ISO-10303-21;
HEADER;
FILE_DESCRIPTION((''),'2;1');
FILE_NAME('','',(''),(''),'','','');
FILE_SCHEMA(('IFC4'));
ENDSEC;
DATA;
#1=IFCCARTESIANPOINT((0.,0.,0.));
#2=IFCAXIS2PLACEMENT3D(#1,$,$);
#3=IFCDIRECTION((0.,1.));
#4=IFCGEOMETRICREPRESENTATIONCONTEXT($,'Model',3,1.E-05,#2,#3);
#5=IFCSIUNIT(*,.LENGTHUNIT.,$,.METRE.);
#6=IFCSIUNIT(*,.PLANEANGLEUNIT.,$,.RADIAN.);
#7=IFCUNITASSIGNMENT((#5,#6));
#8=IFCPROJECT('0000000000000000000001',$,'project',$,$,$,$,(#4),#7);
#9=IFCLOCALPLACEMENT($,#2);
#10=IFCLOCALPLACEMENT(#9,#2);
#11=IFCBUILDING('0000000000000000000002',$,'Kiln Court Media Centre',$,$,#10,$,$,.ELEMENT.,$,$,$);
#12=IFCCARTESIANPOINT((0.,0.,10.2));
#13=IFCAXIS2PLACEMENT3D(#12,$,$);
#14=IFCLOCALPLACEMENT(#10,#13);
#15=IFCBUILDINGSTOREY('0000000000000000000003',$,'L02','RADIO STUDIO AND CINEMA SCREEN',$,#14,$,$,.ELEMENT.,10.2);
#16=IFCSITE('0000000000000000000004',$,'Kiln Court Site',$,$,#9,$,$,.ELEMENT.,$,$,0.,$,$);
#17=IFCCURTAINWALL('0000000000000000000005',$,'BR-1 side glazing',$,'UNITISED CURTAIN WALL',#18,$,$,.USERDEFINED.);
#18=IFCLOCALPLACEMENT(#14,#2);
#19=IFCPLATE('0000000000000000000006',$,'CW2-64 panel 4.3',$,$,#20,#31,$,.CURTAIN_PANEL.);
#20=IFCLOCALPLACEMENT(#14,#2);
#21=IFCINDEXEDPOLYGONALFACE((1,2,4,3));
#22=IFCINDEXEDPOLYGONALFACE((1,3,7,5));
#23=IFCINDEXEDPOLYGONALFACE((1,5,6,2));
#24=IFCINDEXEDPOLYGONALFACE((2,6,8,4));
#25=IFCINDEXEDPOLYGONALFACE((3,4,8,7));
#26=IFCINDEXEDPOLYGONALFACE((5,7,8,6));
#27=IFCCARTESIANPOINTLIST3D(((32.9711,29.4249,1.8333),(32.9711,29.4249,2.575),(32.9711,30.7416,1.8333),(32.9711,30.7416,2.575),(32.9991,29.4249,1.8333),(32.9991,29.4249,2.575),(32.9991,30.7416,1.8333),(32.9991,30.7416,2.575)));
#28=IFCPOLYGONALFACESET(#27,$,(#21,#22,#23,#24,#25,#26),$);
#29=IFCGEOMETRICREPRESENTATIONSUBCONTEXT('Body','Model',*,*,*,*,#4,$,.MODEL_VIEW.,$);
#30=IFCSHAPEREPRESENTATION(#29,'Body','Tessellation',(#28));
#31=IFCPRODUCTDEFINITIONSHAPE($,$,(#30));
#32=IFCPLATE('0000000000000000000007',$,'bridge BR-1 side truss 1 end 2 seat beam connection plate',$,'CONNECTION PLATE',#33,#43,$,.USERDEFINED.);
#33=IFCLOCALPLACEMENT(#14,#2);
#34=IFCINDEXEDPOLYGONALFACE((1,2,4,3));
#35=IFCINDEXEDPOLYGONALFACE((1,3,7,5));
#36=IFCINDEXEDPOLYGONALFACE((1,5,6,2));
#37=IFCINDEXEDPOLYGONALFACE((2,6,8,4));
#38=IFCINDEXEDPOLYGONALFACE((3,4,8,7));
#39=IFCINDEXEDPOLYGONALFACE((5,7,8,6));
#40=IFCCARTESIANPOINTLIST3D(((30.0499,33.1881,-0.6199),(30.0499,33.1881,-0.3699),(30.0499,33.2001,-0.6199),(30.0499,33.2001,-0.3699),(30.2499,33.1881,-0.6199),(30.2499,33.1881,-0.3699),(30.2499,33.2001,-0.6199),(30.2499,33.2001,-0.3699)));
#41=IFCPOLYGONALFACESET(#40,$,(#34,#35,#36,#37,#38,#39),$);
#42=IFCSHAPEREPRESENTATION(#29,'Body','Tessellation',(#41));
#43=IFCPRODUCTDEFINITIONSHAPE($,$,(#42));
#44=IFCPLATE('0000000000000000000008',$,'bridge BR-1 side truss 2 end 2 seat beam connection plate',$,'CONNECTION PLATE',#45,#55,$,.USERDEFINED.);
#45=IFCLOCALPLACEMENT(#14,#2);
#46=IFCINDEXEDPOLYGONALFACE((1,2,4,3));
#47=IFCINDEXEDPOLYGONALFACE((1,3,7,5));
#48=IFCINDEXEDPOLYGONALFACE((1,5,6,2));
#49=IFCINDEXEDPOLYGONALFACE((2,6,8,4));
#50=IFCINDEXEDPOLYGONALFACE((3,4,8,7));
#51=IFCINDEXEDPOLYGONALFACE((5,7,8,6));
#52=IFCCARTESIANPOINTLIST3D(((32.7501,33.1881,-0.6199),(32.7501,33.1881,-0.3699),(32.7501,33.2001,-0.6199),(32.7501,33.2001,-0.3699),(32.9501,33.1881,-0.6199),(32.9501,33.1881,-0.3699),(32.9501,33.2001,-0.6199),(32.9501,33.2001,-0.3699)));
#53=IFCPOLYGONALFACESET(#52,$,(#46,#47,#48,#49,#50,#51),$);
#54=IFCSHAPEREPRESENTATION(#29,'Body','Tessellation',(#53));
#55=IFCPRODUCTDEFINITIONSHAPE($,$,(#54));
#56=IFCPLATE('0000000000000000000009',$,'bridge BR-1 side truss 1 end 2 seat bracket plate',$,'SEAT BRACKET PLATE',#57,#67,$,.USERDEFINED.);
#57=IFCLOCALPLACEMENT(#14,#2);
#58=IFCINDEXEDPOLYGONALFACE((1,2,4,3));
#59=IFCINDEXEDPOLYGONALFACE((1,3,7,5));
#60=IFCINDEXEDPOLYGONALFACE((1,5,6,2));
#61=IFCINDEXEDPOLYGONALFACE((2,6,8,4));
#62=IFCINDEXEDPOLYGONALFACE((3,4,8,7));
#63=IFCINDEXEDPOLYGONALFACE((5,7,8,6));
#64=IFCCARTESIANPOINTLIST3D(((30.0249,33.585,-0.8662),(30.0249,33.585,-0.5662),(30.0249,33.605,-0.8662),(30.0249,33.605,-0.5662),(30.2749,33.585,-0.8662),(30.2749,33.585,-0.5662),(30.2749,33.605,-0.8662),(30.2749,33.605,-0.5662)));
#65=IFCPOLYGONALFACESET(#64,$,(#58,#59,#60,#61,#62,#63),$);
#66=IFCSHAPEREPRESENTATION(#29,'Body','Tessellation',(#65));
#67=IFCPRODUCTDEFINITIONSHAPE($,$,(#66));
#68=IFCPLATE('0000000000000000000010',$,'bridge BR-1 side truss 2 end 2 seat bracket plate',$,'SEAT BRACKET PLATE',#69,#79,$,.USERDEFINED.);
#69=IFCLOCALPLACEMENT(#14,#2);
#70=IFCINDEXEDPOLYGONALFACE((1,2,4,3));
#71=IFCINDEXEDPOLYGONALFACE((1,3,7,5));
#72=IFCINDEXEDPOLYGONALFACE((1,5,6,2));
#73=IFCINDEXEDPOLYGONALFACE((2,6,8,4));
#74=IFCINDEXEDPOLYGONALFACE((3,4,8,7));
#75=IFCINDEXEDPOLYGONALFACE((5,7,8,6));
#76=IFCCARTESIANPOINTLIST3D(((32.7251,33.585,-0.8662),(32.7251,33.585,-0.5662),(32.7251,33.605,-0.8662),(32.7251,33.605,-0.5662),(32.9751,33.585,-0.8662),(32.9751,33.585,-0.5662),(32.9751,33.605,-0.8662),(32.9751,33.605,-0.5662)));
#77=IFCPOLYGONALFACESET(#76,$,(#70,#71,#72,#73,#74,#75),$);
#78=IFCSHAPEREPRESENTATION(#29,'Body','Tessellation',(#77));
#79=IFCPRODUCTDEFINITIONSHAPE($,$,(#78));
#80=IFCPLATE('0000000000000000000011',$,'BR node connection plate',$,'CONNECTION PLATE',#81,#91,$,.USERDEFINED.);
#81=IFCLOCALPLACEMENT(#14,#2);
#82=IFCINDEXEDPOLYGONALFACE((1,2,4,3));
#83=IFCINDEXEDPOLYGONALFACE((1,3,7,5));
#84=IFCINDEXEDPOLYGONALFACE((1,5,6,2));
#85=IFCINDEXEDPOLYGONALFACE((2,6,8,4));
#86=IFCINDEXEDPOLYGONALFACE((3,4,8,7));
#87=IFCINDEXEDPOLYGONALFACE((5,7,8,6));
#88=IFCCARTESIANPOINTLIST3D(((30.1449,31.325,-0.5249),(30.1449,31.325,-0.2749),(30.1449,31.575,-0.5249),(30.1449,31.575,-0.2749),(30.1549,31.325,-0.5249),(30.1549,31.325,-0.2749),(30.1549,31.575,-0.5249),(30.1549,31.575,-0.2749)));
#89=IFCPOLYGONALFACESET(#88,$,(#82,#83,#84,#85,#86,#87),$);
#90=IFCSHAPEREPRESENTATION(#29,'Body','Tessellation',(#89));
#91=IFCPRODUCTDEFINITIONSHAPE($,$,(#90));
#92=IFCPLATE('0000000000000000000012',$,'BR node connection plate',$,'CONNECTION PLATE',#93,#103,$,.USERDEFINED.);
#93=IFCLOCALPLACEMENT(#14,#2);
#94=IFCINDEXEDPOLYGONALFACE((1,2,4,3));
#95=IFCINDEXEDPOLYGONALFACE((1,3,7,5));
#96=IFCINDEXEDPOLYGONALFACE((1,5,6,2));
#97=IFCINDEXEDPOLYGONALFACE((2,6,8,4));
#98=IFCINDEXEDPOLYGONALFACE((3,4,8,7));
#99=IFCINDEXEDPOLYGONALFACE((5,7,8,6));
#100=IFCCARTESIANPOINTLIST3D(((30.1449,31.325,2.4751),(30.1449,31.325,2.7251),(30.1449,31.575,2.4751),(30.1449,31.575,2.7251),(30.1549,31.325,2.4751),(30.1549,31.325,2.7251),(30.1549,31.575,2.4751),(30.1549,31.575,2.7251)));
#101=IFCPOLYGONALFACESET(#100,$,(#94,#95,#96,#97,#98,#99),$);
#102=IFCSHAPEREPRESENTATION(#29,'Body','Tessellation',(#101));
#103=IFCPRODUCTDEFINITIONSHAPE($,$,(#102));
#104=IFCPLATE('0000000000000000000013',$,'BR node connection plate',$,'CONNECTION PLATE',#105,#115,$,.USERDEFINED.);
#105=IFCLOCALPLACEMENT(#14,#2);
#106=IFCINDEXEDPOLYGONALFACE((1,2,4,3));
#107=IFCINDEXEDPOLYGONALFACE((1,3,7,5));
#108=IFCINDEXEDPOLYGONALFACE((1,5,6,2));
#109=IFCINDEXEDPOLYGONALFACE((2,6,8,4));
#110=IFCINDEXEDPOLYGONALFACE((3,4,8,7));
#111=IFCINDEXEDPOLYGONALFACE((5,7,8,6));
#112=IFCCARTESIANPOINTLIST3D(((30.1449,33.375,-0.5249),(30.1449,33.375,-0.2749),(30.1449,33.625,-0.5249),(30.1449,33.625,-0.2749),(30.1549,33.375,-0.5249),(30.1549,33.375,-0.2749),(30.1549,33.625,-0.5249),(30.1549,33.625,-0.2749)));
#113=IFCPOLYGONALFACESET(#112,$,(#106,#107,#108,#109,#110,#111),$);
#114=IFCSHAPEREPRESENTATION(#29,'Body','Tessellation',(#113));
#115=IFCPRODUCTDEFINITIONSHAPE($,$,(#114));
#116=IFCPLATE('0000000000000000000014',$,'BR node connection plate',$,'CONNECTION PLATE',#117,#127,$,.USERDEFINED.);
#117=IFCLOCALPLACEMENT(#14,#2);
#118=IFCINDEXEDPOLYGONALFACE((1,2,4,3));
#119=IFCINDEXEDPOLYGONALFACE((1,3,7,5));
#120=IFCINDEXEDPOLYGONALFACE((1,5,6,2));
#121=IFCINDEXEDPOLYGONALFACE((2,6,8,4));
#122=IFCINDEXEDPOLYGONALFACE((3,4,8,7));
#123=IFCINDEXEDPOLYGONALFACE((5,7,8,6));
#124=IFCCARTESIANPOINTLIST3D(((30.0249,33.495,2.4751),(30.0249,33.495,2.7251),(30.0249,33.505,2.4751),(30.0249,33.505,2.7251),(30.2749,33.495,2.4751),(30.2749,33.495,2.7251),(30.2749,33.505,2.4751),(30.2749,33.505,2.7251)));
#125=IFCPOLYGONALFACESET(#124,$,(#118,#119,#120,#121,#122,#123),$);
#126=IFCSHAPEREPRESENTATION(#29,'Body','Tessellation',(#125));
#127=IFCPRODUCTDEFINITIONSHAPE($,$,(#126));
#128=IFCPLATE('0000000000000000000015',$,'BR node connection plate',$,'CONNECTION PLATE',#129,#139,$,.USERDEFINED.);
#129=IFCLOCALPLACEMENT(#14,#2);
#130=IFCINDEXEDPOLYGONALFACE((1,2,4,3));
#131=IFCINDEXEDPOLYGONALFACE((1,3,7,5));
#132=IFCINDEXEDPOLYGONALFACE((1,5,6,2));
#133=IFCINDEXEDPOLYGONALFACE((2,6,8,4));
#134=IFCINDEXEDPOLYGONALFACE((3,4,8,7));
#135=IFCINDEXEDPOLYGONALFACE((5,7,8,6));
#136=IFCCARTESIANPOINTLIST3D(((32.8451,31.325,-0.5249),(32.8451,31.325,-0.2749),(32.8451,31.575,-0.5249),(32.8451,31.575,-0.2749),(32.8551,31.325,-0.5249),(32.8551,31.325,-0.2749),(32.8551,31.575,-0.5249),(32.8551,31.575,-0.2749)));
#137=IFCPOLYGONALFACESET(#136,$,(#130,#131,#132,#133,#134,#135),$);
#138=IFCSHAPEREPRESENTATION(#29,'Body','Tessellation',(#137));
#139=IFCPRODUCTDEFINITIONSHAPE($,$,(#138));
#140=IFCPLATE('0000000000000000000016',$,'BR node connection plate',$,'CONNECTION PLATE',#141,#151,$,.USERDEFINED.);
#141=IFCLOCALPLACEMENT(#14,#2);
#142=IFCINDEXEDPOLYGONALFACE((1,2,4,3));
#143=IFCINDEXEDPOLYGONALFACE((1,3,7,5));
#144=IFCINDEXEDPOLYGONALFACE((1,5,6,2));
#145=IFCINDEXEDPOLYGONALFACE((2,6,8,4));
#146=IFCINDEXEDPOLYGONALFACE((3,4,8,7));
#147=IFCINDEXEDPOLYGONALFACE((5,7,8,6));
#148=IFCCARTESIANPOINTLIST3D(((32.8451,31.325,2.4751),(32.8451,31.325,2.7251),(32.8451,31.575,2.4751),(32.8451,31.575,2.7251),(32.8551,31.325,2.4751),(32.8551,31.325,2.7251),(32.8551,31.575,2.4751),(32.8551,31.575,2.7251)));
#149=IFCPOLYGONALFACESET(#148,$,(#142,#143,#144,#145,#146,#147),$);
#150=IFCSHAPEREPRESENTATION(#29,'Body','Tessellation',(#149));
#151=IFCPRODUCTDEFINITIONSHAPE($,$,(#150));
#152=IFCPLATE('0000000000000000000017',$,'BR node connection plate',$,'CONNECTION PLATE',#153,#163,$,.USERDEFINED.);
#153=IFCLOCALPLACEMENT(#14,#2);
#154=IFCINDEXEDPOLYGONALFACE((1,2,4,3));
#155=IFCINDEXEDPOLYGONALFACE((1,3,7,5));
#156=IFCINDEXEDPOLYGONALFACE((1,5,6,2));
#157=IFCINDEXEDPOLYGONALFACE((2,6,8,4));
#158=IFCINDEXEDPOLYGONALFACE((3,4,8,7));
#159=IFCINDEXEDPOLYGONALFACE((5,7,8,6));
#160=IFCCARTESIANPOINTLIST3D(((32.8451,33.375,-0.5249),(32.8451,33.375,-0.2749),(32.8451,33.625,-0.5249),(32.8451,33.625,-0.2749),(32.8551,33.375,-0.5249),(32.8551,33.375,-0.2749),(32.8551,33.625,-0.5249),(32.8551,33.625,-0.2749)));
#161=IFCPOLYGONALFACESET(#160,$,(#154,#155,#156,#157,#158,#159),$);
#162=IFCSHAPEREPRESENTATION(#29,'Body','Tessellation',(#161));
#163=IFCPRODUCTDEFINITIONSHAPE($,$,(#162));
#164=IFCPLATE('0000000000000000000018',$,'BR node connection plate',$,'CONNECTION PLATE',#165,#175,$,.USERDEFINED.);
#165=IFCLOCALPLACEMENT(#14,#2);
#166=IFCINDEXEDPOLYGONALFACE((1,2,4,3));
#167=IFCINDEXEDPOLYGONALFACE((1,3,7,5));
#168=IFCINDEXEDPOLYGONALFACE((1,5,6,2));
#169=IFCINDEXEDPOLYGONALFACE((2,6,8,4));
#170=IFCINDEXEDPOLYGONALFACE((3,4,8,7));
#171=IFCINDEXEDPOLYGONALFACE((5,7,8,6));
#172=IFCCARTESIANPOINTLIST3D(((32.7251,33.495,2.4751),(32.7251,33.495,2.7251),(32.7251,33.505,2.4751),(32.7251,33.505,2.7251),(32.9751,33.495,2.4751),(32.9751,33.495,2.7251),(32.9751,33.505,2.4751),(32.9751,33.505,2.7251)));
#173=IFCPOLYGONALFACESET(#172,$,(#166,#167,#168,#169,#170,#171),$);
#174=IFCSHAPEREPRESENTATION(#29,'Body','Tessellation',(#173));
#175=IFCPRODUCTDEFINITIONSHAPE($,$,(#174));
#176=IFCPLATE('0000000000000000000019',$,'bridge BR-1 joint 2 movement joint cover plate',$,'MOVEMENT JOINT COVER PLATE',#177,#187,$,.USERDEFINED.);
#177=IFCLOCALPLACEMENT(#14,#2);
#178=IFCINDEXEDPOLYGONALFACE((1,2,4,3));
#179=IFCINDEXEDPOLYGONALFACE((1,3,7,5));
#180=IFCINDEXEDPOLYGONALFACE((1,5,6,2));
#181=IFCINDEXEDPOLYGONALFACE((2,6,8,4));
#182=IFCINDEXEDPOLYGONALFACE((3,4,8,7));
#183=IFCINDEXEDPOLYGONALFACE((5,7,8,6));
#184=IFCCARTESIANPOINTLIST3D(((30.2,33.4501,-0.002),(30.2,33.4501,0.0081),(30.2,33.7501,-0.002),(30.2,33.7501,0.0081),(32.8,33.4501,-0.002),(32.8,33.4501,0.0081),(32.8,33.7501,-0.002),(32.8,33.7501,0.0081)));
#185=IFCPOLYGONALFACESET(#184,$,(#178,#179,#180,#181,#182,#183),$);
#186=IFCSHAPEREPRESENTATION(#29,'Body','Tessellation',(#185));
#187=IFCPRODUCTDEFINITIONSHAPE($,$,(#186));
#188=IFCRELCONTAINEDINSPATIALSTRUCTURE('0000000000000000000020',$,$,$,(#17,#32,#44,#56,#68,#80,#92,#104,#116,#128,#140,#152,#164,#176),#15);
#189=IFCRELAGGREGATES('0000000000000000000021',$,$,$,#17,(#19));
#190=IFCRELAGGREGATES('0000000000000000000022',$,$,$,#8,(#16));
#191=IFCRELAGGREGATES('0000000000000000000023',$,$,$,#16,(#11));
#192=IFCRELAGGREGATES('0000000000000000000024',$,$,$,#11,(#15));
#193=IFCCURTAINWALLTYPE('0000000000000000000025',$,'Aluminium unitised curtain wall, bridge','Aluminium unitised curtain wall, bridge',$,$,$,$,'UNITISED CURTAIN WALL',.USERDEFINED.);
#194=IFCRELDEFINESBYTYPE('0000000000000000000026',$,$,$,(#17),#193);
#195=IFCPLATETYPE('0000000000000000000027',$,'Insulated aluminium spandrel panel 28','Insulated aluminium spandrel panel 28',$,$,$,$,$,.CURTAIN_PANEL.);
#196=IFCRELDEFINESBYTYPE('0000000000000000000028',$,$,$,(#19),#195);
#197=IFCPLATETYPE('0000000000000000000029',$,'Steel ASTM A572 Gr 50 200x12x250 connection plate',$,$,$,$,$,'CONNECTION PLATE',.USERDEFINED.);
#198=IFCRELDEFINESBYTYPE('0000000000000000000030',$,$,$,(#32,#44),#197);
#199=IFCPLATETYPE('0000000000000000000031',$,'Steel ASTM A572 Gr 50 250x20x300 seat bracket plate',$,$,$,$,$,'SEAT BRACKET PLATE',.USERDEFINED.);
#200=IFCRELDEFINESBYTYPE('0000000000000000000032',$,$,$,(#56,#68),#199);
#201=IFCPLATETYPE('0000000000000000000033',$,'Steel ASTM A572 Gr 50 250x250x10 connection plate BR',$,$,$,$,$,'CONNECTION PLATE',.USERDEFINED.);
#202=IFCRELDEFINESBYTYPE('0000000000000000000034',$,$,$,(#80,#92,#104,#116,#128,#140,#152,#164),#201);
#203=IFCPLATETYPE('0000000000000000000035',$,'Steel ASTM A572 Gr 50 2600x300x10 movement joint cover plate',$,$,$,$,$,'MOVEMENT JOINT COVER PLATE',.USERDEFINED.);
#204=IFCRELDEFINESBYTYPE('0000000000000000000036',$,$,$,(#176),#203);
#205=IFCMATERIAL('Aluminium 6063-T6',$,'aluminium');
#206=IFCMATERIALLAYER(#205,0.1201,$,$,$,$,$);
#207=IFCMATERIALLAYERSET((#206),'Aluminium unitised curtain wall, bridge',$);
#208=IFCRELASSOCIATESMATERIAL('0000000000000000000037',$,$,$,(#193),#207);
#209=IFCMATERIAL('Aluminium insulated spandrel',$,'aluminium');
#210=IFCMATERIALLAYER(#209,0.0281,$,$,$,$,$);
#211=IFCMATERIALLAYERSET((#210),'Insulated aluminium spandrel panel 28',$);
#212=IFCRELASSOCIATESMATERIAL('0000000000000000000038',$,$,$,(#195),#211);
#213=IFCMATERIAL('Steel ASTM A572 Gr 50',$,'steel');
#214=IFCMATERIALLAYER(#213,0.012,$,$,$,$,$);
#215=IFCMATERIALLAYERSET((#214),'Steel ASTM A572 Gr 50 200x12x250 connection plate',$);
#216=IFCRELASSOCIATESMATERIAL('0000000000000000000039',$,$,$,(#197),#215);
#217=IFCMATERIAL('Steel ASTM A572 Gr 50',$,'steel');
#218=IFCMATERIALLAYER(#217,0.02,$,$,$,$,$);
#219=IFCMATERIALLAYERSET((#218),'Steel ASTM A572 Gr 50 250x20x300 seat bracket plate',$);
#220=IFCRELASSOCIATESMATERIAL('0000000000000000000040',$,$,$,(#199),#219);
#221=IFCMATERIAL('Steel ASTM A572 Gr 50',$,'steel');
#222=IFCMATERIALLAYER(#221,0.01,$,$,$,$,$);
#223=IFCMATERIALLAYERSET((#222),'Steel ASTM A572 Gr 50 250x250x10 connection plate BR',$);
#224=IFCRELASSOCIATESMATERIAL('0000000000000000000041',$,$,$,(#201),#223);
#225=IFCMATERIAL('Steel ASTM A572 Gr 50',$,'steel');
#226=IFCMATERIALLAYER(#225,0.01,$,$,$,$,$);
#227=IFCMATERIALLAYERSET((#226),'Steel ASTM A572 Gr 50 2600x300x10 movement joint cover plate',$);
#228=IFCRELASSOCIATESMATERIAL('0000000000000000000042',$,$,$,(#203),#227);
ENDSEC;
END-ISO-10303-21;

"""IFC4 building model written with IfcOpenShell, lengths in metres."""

from ifc_helpers import new_model, si_unit, direction, frame, origin, origin_2d, place, context, subcontext, project, spatial, rectangle, extrude, material, layer, layer_set, type_object, element, aggregate, save


model = new_model("IFC4")

# Units and contexts
model_context = context("Model", 3, precision=1e-05, world=origin(), true_north=direction((0.0, 1.0)))
body_context = subcontext(model_context, "Body", "Model", "MODEL_VIEW")
ifc_project = project(units=[si_unit("LENGTHUNIT", "METRE"), si_unit("PLANEANGLEUNIT", "RADIAN")], contexts=[model_context])

# Site, building, storey
site_placement = place(None, origin())
site = spatial("IfcSite", under=ifc_project, at=site_placement, Name="Kiln Court Site", CompositionType="ELEMENT", RefElevation=0.0)
building_placement = place(site_placement, origin())
building = spatial("IfcBuilding", under=site, at=building_placement, Name="Kiln Court Media Centre", CompositionType="ELEMENT")
storey_placement = place(building_placement, frame((0.0, 0.0, 10.2)))
storey = spatial("IfcBuildingStorey", under=building, at=storey_placement, Name="L02", Description="RADIO STUDIO AND CINEMA SCREEN", CompositionType="ELEMENT", Elevation=10.2)

# Shared definitions
ifc_material_1 = material(Name="Aluminium 6063-T6", Category="aluminium")
ifc_layer_1 = layer(ifc_material_1, 0.1201)
ifc_layer_set_1 = layer_set([ifc_layer_1], Name="Aluminium unitised curtain wall, bridge")
curtain_wall_type = type_object("IfcCurtainWallType", Name="Aluminium unitised curtain wall, bridge", Description="Aluminium unitised curtain wall, bridge", ElementType="UNITISED CURTAIN WALL", PredefinedType="USERDEFINED", material=ifc_layer_set_1)

# Curtain wall
curtain_wall_1_placement = place(storey_placement, origin())
curtain_wall_1 = element("IfcCurtainWall", 1, at=curtain_wall_1_placement, inside=storey, type_object=curtain_wall_type, Name="BR-1 side glazing", ObjectType="UNITISED CURTAIN WALL", PredefinedType="USERDEFINED")

# Plate
ifc_material_2 = material(Name="Aluminium insulated spandrel", Category="aluminium")
ifc_layer_2 = layer(ifc_material_2, 0.0281)
ifc_layer_set_2 = layer_set([ifc_layer_2], Name="Insulated aluminium spandrel panel 28")
plate_type_1 = type_object("IfcPlateType", Name="Insulated aluminium spandrel panel 28", Description="Insulated aluminium spandrel panel 28", PredefinedType="CURTAIN_PANEL", material=ifc_layer_set_2)
plate_1_placement = place(storey_placement, frame((32.9851, 30.0833, 1.8333), z_axis=(0.0, 0.0, 1.0), x_axis=(0.0, 1.0, 0.0)))
plate_1 = element("IfcPlate", 2, at=plate_1_placement, type_object=plate_type_1, Name="CW2-64 panel 4.3", PredefinedType="CURTAIN_PANEL", context=body_context, shape_type="SweptSolid", body=[
    extrude(rectangle(XDim=1.3167, YDim=0.0281, at=origin_2d()), origin(), (0.0, 0.0, 1.0), 0.7417),
])
aggregate(curtain_wall_1, [plate_1])

# Plates
ifc_material_3 = material(Name="Steel ASTM A572 Gr 50", Category="steel")
ifc_layer_3 = layer(ifc_material_3, 0.012)
ifc_layer_set_3 = layer_set([ifc_layer_3], Name="Steel ASTM A572 Gr 50 200x12x250 connection plate")
plate_type_2 = type_object("IfcPlateType", Name="Steel ASTM A572 Gr 50 200x12x250 connection plate", ElementType="CONNECTION PLATE", PredefinedType="USERDEFINED", material=ifc_layer_set_3)
for number, where, z_axis, x_axis, name in (
    (3, (30.1499, 33.1941, -0.6199), (0.0, 0.0, 1.0), (1.0, 0.0, 0.0), "bridge BR-1 side truss 1 end 2 seat beam connection plate"),
    (4, (32.8501, 33.1941, -0.6199), (0.0, 0.0, 1.0), (1.0, 0.0, 0.0), "bridge BR-1 side truss 2 end 2 seat beam connection plate"),
):
    element("IfcPlate", number, at=place(storey_placement, frame(where, z_axis=z_axis, x_axis=x_axis)), inside=storey, type_object=plate_type_2, Name=name, ObjectType="CONNECTION PLATE", PredefinedType="USERDEFINED", context=body_context, shape_type="SweptSolid", body=[
        extrude(rectangle(XDim=0.2, YDim=0.012, at=origin_2d()), origin(), (0.0, 0.0, 1.0), 0.25),
    ])
ifc_material_4 = material(Name="Steel ASTM A572 Gr 50", Category="steel")
ifc_layer_4 = layer(ifc_material_4, 0.02)
ifc_layer_set_4 = layer_set([ifc_layer_4], Name="Steel ASTM A572 Gr 50 250x20x300 seat bracket plate")
plate_type_3 = type_object("IfcPlateType", Name="Steel ASTM A572 Gr 50 250x20x300 seat bracket plate", ElementType="SEAT BRACKET PLATE", PredefinedType="USERDEFINED", material=ifc_layer_set_4)
for number, where, z_axis, x_axis, name in (
    (5, (30.1499, 33.595, -0.8662), (0.0, 0.0, 1.0), (1.0, 0.0, 0.0), "bridge BR-1 side truss 1 end 2 seat bracket plate"),
    (6, (32.8501, 33.595, -0.8662), (0.0, 0.0, 1.0), (1.0, 0.0, 0.0), "bridge BR-1 side truss 2 end 2 seat bracket plate"),
):
    element("IfcPlate", number, at=place(storey_placement, frame(where, z_axis=z_axis, x_axis=x_axis)), inside=storey, type_object=plate_type_3, Name=name, ObjectType="SEAT BRACKET PLATE", PredefinedType="USERDEFINED", context=body_context, shape_type="SweptSolid", body=[
        extrude(rectangle(XDim=0.25, YDim=0.02, at=origin_2d()), origin(), (0.0, 0.0, 1.0), 0.3),
    ])
ifc_material_5 = material(Name="Steel ASTM A572 Gr 50", Category="steel")
ifc_layer_5 = layer(ifc_material_5, 0.01)
ifc_layer_set_5 = layer_set([ifc_layer_5], Name="Steel ASTM A572 Gr 50 250x250x10 connection plate BR")
plate_type_4 = type_object("IfcPlateType", Name="Steel ASTM A572 Gr 50 250x250x10 connection plate BR", ElementType="CONNECTION PLATE", PredefinedType="USERDEFINED", material=ifc_layer_set_5)
for number, where, z_axis, x_axis, name in (
    (7, (30.1499, 31.45, -0.5249), (0.0, 0.0, 1.0), (1.0, 0.0, 0.0), "BR node connection plate"),
    (8, (30.1499, 31.45, 2.4751), (0.0, 0.0, 1.0), (1.0, 0.0, 0.0), "BR node connection plate"),
    (9, (30.1499, 33.5, -0.5249), (0.0, 0.0, 1.0), (1.0, 0.0, 0.0), "BR node connection plate"),
):
    element("IfcPlate", number, at=place(storey_placement, frame(where, z_axis=z_axis, x_axis=x_axis)), inside=storey, type_object=plate_type_4, Name=name, ObjectType="CONNECTION PLATE", PredefinedType="USERDEFINED", context=body_context, shape_type="SweptSolid", body=[
        extrude(rectangle(XDim=0.01, YDim=0.25, at=origin_2d()), origin(), (0.0, 0.0, 1.0), 0.25),
    ])
plate_2_placement = place(storey_placement, frame((30.1499, 33.5, 2.4751), z_axis=(0.0, 0.0, 1.0), x_axis=(1.0, 0.0, 0.0)))
element("IfcPlate", 10, at=plate_2_placement, inside=storey, type_object=plate_type_4, Name="BR node connection plate", ObjectType="CONNECTION PLATE", PredefinedType="USERDEFINED", context=body_context, shape_type="SweptSolid", body=[
    extrude(rectangle(XDim=0.25, YDim=0.01, at=origin_2d()), origin(), (0.0, 0.0, 1.0), 0.25),
])
for number, where, z_axis, x_axis, name in (
    (11, (32.8501, 31.45, -0.5249), (0.0, 0.0, 1.0), (1.0, 0.0, 0.0), "BR node connection plate"),
    (12, (32.8501, 31.45, 2.4751), (0.0, 0.0, 1.0), (1.0, 0.0, 0.0), "BR node connection plate"),
    (13, (32.8501, 33.5, -0.5249), (0.0, 0.0, 1.0), (1.0, 0.0, 0.0), "BR node connection plate"),
):
    element("IfcPlate", number, at=place(storey_placement, frame(where, z_axis=z_axis, x_axis=x_axis)), inside=storey, type_object=plate_type_4, Name=name, ObjectType="CONNECTION PLATE", PredefinedType="USERDEFINED", context=body_context, shape_type="SweptSolid", body=[
        extrude(rectangle(XDim=0.01, YDim=0.25, at=origin_2d()), origin(), (0.0, 0.0, 1.0), 0.25),
    ])
plate_3_placement = place(storey_placement, frame((32.8501, 33.5, 2.4751), z_axis=(0.0, 0.0, 1.0), x_axis=(1.0, 0.0, 0.0)))
element("IfcPlate", 14, at=plate_3_placement, inside=storey, type_object=plate_type_4, Name="BR node connection plate", ObjectType="CONNECTION PLATE", PredefinedType="USERDEFINED", context=body_context, shape_type="SweptSolid", body=[
    extrude(rectangle(XDim=0.25, YDim=0.01, at=origin_2d()), origin(), (0.0, 0.0, 1.0), 0.25),
])
ifc_material_6 = material(Name="Steel ASTM A572 Gr 50", Category="steel")
ifc_layer_6 = layer(ifc_material_6, 0.01)
ifc_layer_set_6 = layer_set([ifc_layer_6], Name="Steel ASTM A572 Gr 50 2600x300x10 movement joint cover plate")
plate_type_5 = type_object("IfcPlateType", Name="Steel ASTM A572 Gr 50 2600x300x10 movement joint cover plate", ElementType="MOVEMENT JOINT COVER PLATE", PredefinedType="USERDEFINED", material=ifc_layer_set_6)
plate_4_placement = place(storey_placement, frame((31.5, 33.6001, -0.002), z_axis=(0.0, 0.0, 1.0), x_axis=(1.0, 0.0, 0.0)))
element("IfcPlate", 15, at=plate_4_placement, inside=storey, type_object=plate_type_5, Name="bridge BR-1 joint 2 movement joint cover plate", ObjectType="MOVEMENT JOINT COVER PLATE", PredefinedType="USERDEFINED", context=body_context, shape_type="SweptSolid", body=[
    extrude(rectangle(XDim=2.6001, YDim=0.3, at=origin_2d()), origin(), (0.0, 0.0, 1.0), 0.01),
])

save(model, "model.ifc")
